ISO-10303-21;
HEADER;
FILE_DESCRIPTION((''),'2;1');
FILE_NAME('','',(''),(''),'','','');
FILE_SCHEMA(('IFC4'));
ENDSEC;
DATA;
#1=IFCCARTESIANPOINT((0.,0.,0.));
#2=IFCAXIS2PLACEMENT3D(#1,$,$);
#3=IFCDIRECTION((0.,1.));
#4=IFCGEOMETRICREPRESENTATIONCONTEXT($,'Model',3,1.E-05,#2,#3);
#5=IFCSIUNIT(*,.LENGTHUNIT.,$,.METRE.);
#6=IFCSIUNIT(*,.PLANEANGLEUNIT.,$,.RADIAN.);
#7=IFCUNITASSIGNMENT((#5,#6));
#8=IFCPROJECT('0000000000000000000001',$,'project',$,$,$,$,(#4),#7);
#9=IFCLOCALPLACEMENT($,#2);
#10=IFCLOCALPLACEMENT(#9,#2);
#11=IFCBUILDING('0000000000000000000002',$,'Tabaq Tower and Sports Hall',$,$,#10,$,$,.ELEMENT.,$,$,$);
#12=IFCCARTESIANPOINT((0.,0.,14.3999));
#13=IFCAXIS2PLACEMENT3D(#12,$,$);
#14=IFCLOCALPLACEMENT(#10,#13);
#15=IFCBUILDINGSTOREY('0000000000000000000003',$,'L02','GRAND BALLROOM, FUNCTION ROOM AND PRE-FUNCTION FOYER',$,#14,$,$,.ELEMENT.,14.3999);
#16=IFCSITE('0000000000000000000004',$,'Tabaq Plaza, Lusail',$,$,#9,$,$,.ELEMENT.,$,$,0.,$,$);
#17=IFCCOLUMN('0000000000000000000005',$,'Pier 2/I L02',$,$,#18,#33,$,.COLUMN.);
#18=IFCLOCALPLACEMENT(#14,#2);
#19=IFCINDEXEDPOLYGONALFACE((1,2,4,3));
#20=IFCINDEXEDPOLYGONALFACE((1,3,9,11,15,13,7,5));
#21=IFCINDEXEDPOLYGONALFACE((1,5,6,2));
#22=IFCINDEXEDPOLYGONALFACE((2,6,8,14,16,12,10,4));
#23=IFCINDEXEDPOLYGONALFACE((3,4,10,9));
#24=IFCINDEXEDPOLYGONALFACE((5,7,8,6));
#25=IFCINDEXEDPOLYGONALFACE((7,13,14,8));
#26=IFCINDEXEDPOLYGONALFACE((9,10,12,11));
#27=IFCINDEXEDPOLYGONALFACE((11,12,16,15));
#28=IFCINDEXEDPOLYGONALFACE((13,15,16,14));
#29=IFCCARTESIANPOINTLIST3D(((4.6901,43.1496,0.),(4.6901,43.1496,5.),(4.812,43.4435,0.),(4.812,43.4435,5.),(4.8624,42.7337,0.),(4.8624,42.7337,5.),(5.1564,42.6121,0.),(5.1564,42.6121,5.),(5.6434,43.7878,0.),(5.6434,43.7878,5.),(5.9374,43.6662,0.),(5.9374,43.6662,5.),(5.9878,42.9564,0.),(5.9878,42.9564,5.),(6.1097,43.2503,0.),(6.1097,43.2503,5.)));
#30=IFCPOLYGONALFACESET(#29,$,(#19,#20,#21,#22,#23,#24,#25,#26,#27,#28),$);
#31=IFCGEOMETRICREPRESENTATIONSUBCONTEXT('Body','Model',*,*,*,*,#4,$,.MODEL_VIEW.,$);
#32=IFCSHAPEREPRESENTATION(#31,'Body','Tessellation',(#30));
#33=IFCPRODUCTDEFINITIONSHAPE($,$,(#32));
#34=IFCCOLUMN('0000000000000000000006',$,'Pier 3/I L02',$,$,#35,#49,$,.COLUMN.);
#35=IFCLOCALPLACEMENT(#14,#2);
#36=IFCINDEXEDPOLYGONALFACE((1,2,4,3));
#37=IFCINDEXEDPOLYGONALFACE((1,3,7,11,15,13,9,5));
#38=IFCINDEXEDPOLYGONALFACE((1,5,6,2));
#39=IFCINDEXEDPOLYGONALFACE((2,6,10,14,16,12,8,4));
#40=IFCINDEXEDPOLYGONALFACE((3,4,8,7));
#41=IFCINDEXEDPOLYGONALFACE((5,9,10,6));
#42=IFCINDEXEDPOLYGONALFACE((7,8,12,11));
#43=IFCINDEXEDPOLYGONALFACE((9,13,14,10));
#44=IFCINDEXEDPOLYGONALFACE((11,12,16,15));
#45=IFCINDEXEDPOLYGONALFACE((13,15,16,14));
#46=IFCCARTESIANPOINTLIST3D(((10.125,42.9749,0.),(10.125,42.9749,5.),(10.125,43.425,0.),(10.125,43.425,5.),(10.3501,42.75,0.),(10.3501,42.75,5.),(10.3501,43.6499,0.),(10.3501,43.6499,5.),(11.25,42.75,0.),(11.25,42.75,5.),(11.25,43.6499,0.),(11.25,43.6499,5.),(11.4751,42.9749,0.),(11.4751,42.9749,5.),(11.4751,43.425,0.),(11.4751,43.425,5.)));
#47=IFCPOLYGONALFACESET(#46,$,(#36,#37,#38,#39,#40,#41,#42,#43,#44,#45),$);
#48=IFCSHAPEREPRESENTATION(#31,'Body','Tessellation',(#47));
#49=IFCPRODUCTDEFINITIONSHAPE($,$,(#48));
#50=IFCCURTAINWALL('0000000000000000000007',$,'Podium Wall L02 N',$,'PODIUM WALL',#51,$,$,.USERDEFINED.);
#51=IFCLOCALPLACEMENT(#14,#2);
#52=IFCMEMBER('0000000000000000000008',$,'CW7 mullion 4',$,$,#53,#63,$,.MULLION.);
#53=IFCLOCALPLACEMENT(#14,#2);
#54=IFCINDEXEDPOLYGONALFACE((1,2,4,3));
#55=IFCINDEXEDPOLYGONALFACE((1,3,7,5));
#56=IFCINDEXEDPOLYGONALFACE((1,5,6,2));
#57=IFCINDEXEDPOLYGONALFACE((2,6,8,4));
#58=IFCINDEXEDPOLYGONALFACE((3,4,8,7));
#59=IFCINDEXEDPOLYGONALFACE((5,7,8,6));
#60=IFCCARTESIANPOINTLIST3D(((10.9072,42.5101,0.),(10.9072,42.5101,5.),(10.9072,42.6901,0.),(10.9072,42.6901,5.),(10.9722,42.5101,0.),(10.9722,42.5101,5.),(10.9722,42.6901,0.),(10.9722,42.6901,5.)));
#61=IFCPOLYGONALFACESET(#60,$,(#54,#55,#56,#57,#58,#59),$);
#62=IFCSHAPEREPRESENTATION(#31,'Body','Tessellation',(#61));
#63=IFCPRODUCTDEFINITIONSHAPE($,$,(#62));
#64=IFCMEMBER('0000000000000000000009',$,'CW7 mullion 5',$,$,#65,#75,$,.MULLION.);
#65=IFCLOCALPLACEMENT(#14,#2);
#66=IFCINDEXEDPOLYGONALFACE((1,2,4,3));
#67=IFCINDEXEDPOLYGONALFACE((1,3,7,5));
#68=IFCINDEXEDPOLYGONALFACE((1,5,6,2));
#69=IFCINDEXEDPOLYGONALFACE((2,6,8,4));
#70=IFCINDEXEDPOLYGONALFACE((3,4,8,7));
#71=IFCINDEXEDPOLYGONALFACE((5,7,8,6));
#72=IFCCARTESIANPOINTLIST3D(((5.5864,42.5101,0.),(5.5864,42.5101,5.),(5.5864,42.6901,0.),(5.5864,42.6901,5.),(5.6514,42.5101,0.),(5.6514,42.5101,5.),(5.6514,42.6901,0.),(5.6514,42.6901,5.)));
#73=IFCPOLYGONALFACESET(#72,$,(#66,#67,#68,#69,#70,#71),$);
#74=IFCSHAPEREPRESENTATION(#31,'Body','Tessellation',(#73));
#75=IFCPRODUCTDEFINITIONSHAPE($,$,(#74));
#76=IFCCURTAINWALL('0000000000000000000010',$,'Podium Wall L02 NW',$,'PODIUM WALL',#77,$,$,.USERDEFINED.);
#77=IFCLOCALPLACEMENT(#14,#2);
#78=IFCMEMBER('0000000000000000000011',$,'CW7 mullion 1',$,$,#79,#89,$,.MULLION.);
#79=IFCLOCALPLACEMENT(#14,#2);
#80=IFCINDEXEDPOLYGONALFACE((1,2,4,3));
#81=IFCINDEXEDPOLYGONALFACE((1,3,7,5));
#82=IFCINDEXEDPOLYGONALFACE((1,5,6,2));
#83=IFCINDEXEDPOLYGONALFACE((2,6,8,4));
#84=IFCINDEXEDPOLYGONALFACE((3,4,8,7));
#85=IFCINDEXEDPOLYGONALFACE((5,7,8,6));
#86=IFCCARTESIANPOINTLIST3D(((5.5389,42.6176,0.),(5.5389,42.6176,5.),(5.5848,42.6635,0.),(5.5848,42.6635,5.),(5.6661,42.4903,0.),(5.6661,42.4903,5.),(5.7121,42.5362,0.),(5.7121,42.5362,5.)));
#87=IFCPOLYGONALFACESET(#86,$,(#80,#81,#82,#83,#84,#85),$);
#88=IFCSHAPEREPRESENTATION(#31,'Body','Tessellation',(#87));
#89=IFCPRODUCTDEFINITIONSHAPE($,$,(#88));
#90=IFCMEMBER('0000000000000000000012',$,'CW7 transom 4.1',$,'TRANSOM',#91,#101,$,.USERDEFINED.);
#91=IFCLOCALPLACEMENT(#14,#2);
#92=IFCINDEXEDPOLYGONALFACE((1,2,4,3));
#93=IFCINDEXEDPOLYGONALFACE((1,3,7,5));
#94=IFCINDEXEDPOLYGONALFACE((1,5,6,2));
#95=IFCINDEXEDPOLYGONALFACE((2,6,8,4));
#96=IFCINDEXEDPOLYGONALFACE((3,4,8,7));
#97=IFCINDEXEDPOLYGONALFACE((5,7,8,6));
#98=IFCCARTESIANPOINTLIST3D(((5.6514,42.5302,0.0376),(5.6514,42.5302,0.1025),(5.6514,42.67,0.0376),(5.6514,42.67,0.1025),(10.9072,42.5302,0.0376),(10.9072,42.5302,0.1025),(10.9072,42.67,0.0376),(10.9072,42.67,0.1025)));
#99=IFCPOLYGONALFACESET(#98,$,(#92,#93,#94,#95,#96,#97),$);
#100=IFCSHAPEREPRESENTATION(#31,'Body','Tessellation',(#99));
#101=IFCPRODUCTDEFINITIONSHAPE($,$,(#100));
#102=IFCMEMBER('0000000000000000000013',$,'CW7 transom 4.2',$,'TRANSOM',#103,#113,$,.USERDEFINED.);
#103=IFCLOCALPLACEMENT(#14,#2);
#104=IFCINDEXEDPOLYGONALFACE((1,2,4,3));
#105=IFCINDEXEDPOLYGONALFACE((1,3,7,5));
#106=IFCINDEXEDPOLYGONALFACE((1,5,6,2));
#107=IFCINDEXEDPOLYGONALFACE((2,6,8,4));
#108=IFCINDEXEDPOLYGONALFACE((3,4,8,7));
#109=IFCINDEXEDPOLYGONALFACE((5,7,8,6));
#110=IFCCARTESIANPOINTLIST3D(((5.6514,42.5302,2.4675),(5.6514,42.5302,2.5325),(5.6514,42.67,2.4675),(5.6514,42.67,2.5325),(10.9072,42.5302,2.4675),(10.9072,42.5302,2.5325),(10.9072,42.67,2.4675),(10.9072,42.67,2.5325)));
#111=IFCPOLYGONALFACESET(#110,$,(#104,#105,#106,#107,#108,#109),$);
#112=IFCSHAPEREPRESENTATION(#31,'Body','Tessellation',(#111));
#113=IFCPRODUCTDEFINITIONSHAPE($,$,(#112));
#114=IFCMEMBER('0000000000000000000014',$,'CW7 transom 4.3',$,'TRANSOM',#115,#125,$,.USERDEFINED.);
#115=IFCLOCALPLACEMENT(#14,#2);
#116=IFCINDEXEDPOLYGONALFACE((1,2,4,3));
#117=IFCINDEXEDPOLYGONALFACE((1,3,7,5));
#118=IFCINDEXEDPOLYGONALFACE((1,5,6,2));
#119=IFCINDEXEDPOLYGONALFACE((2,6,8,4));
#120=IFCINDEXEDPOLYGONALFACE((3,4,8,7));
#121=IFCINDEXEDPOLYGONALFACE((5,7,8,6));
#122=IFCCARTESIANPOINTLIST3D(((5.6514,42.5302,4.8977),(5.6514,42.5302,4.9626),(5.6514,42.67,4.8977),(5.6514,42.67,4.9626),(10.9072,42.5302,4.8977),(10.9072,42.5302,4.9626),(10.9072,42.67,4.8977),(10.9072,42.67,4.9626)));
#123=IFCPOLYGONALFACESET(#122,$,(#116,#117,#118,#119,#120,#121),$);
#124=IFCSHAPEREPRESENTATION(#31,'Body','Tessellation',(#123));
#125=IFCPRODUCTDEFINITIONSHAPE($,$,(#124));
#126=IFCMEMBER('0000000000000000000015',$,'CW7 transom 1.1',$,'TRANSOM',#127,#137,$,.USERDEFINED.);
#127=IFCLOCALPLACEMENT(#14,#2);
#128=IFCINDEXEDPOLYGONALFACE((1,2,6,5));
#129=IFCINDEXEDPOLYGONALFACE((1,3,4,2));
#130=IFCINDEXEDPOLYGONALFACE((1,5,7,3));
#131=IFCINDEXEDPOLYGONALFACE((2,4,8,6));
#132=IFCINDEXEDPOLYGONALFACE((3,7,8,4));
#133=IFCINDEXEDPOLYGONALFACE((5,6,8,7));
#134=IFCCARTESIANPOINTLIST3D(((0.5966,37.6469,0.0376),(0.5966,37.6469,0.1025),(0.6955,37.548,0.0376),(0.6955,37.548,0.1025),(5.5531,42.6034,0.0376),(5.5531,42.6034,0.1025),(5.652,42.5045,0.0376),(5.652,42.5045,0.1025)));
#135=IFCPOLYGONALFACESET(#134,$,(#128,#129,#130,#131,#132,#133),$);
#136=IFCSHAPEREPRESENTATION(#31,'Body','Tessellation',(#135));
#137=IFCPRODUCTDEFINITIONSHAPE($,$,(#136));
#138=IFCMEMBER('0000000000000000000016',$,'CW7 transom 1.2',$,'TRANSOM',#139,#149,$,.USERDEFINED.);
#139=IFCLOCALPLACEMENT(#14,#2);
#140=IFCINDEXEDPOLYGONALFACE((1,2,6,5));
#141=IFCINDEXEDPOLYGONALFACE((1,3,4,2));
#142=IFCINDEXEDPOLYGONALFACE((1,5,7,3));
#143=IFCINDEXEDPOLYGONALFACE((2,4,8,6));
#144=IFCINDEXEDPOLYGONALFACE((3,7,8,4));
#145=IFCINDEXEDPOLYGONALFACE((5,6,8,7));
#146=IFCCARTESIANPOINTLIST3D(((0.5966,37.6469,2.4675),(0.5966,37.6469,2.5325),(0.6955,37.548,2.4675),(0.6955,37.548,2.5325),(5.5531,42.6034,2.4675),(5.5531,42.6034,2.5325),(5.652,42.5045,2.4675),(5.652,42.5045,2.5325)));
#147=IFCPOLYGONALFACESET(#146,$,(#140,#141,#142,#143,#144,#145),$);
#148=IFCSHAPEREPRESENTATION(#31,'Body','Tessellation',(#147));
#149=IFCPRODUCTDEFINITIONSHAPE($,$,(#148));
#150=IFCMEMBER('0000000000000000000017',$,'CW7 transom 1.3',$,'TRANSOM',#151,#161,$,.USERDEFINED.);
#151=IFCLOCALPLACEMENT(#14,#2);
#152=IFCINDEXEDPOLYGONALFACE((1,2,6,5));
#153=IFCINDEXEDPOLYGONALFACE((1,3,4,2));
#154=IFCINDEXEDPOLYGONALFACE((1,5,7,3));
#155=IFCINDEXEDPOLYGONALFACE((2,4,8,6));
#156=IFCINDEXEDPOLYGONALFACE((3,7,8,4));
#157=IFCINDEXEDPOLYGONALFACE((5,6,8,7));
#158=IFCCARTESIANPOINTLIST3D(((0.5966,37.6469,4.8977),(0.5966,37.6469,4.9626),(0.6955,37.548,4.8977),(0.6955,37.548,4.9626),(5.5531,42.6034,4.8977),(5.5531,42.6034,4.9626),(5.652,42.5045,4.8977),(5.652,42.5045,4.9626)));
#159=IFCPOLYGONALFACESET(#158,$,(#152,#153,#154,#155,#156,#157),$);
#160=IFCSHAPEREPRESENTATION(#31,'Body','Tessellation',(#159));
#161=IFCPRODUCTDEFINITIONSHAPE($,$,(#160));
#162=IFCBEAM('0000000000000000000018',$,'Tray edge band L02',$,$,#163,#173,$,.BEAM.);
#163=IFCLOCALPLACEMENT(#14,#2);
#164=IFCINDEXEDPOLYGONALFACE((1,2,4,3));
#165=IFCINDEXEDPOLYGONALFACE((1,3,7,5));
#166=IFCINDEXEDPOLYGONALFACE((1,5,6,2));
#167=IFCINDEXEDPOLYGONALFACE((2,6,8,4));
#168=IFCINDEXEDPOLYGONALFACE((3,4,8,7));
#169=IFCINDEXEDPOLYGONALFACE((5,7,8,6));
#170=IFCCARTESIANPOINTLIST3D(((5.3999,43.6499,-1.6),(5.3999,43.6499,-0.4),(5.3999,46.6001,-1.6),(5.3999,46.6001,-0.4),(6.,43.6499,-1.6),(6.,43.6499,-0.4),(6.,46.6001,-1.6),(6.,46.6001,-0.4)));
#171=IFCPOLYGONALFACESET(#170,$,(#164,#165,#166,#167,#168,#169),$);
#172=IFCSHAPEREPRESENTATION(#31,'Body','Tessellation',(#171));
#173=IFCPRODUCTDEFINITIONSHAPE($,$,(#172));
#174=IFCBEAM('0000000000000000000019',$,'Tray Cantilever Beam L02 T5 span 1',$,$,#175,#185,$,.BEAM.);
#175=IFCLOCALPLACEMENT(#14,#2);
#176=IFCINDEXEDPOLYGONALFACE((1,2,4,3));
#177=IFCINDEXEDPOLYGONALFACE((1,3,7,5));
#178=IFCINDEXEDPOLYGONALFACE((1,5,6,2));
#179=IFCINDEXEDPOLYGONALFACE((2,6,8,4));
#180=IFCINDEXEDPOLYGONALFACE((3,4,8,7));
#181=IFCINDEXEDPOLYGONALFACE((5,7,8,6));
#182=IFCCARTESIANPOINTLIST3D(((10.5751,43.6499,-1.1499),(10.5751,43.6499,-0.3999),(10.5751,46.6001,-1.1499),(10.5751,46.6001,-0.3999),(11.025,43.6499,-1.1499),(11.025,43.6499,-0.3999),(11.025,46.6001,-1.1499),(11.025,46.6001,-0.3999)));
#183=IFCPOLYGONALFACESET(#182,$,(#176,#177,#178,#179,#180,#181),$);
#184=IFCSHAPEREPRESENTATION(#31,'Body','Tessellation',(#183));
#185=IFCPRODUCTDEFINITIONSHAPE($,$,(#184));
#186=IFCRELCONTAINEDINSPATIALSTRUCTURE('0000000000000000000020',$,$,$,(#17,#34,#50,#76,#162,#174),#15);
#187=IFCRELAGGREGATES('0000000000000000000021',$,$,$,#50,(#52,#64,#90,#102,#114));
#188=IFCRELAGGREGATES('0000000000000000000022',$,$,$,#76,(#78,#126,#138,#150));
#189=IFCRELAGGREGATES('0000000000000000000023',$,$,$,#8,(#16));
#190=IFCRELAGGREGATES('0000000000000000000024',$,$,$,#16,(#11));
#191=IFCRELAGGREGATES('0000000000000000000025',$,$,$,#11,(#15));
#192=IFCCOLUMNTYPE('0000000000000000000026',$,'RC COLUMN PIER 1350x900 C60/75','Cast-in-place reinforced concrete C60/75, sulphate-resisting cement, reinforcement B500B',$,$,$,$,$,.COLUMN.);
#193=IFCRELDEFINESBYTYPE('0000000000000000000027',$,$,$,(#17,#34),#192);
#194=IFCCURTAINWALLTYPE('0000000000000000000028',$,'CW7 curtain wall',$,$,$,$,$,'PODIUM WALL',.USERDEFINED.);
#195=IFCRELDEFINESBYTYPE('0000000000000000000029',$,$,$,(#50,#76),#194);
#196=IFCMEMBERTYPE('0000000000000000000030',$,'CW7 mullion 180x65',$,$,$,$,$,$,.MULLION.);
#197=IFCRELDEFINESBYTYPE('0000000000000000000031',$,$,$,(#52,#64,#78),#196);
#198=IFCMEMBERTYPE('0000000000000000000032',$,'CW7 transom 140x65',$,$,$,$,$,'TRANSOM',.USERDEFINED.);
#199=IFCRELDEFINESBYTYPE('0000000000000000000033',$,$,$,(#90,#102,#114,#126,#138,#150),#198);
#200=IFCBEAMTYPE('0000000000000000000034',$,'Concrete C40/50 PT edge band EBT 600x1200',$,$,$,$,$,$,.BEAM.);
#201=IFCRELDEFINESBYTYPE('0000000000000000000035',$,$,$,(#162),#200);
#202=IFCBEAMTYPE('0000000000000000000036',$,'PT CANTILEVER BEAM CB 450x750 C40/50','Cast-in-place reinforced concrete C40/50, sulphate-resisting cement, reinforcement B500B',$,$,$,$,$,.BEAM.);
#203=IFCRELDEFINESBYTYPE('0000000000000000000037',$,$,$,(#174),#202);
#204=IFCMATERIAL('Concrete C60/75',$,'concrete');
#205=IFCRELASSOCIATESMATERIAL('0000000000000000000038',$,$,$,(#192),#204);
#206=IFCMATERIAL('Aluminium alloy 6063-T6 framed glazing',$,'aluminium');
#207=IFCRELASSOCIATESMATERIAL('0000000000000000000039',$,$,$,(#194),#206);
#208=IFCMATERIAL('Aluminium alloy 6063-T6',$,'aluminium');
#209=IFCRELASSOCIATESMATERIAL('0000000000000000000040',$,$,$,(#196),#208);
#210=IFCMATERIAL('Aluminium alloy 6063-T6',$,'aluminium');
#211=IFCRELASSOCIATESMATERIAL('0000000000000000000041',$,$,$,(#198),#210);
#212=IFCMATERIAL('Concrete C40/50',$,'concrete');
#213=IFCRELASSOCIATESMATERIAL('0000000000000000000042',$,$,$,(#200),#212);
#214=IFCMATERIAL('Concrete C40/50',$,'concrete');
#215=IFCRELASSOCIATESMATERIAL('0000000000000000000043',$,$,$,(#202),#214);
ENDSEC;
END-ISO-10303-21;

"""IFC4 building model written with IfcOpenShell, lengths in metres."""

from ifc_helpers import new_model, si_unit, direction, frame, origin, origin_2d, place, context, subcontext, project, spatial, polyline, rectangle, outline, extrude, material, material_profile, profile_set, type_object, element, aggregate, save


model = new_model("IFC4")

# Units and contexts
model_context = context("Model", 3, precision=1e-05, world=origin(), true_north=direction((0.0, 1.0)))
body_context = subcontext(model_context, "Body", "Model", "MODEL_VIEW")
ifc_project = project(units=[si_unit("LENGTHUNIT", "METRE"), si_unit("PLANEANGLEUNIT", "RADIAN")], contexts=[model_context])

# Site, building, storey
site_placement = place(None, origin())
site = spatial("IfcSite", under=ifc_project, at=site_placement, Name="Tabaq Plaza, Lusail", CompositionType="ELEMENT", RefElevation=0.0)
building_placement = place(site_placement, origin())
building = spatial("IfcBuilding", under=site, at=building_placement, Name="Tabaq Tower and Sports Hall", CompositionType="ELEMENT")
storey_placement = place(building_placement, frame((0.0, 0.0, 14.3999)))
storey = spatial("IfcBuildingStorey", under=building, at=storey_placement, Name="L02", Description="GRAND BALLROOM, FUNCTION ROOM AND PRE-FUNCTION FOYER", CompositionType="ELEMENT", Elevation=14.3999)

# Columns
ifc_material_1 = material(Name="Concrete C60/75", Category="concrete")
ifc_material_profile_1 = material_profile(ifc_material_1, outline(polyline([(-0.45, -0.45), (0.45, -0.45), (0.675, -0.2251), (0.675, 0.2251), (0.45, 0.45), (-0.45, 0.45), (-0.675, 0.2251), (-0.675, -0.2251), (-0.45, -0.45)])), Name="PIER 1350x900")
ifc_profile_set_1 = profile_set([ifc_material_profile_1], Name="Concrete C60/75")
column_type = type_object("IfcColumnType", Name="RC COLUMN PIER 1350x900 C60/75", Description="Cast-in-place reinforced concrete C60/75, sulphate-resisting cement, reinforcement B500B", PredefinedType="COLUMN", material=ifc_profile_set_1)
for number, where, z_axis, x_axis, name in (
    (1, (5.3999, 43.2, 0.0), (0.0, 0.0, 1.0), (0.92388, 0.382683, 0.0), "Pier 2/I L02"),
    (2, (10.8, 43.2, 0.0), (0.0, 0.0, 1.0), (1.0, 0.0, 0.0), "Pier 3/I L02"),
):
    element("IfcColumn", number, at=place(storey_placement, frame(where, z_axis=z_axis, x_axis=x_axis)), inside=storey, type_object=column_type, Name=name, PredefinedType="COLUMN", context=body_context, shape_type="SweptSolid", body=[
        extrude(outline(polyline([(-0.45, -0.45), (0.45, -0.45), (0.675, -0.2251), (0.675, 0.2251), (0.45, 0.45), (-0.45, 0.45), (-0.675, 0.2251), (-0.675, -0.2251), (-0.45, -0.45)])), origin(), (0.0, 0.0, 1.0), 5.0),
    ])

# Curtain wall, members
ifc_material_2 = material(Name="Aluminium alloy 6063-T6 framed glazing", Category="aluminium")
curtain_wall_type = type_object("IfcCurtainWallType", Name="CW7 curtain wall", ElementType="PODIUM WALL", PredefinedType="USERDEFINED", material=ifc_material_2)
curtain_wall_1_placement = place(storey_placement, origin())
curtain_wall_1 = element("IfcCurtainWall", 3, at=curtain_wall_1_placement, inside=storey, type_object=curtain_wall_type, Name="Podium Wall L02 N", ObjectType="PODIUM WALL", PredefinedType="USERDEFINED")
ifc_material_3 = material(Name="Aluminium alloy 6063-T6", Category="aluminium")
ifc_material_profile_2 = material_profile(ifc_material_3, rectangle(XDim=0.1799, YDim=0.0649, at=origin_2d()), Name="MULLION 180x65")
ifc_profile_set_2 = profile_set([ifc_material_profile_2], Name="Aluminium alloy 6063-T6")
member_type_1 = type_object("IfcMemberType", Name="CW7 mullion 180x65", PredefinedType="MULLION", material=ifc_profile_set_2)
member_1_placement = place(storey_placement, frame((10.9397, 42.6001, 0.0), z_axis=(0.0, 0.0, 1.0), x_axis=(0.0, -1.0, 0.0)))
member_1 = element("IfcMember", 4, at=member_1_placement, type_object=member_type_1, Name="CW7 mullion 4", PredefinedType="MULLION", context=body_context, shape_type="SweptSolid", body=[
    extrude(rectangle(XDim=0.1799, YDim=0.0649, at=origin_2d()), origin(), (0.0, 0.0, 1.0), 5.0),
])
member_2_placement = place(storey_placement, frame((5.6189, 42.6001, 0.0), z_axis=(0.0, 0.0, 1.0), x_axis=(0.0, -1.0, 0.0)))
member_2 = element("IfcMember", 5, at=member_2_placement, type_object=member_type_1, Name="CW7 mullion 5", PredefinedType="MULLION", context=body_context, shape_type="SweptSolid", body=[
    extrude(rectangle(XDim=0.1799, YDim=0.0649, at=origin_2d()), origin(), (0.0, 0.0, 1.0), 5.0),
])

# Curtain wall, member
curtain_wall_2_placement = place(storey_placement, origin())
curtain_wall_2 = element("IfcCurtainWall", 6, at=curtain_wall_2_placement, inside=storey, type_object=curtain_wall_type, Name="Podium Wall L02 NW", ObjectType="PODIUM WALL", PredefinedType="USERDEFINED")
member_3_placement = place(storey_placement, frame((5.6255, 42.5769, 0.0), z_axis=(0.0, 0.0, 1.0), x_axis=(0.707107, -0.707107, 0.0)))
member_3 = element("IfcMember", 7, at=member_3_placement, type_object=member_type_1, Name="CW7 mullion 1", PredefinedType="MULLION", context=body_context, shape_type="SweptSolid", body=[
    extrude(rectangle(XDim=0.1799, YDim=0.0649, at=origin_2d()), origin(), (0.0, 0.0, 1.0), 5.0),
])

# Members
ifc_material_4 = material(Name="Aluminium alloy 6063-T6", Category="aluminium")
ifc_material_profile_3 = material_profile(ifc_material_4, rectangle(XDim=0.1399, YDim=0.0649, at=origin_2d()), Name="TRANSOM 140x65")
ifc_profile_set_3 = profile_set([ifc_material_profile_3], Name="Aluminium alloy 6063-T6")
member_type_2 = type_object("IfcMemberType", Name="CW7 transom 140x65", ElementType="TRANSOM", PredefinedType="USERDEFINED", material=ifc_profile_set_3)
member_4_placement = place(storey_placement, frame((10.9072, 42.6001, 0.0701), z_axis=(-1.0, 0.0, 0.0), x_axis=(0.0, -1.0, 0.0)))
member_4 = element("IfcMember", 8, at=member_4_placement, type_object=member_type_2, Name="CW7 transom 4.1", ObjectType="TRANSOM", PredefinedType="USERDEFINED", context=body_context, shape_type="SweptSolid", body=[
    extrude(rectangle(XDim=0.1399, YDim=0.0649, at=origin_2d()), origin(), (0.0, 0.0, 1.0), 5.2559),
])
member_5_placement = place(storey_placement, frame((10.9072, 42.6001, 2.5), z_axis=(-1.0, 0.0, 0.0), x_axis=(0.0, -1.0, 0.0)))
member_5 = element("IfcMember", 9, at=member_5_placement, type_object=member_type_2, Name="CW7 transom 4.2", ObjectType="TRANSOM", PredefinedType="USERDEFINED", context=body_context, shape_type="SweptSolid", body=[
    extrude(rectangle(XDim=0.1399, YDim=0.0649, at=origin_2d()), origin(), (0.0, 0.0, 1.0), 5.2559),
])
member_6_placement = place(storey_placement, frame((10.9072, 42.6001, 4.9302), z_axis=(-1.0, 0.0, 0.0), x_axis=(0.0, -1.0, 0.0)))
member_6 = element("IfcMember", 10, at=member_6_placement, type_object=member_type_2, Name="CW7 transom 4.3", ObjectType="TRANSOM", PredefinedType="USERDEFINED", context=body_context, shape_type="SweptSolid", body=[
    extrude(rectangle(XDim=0.1399, YDim=0.0649, at=origin_2d()), origin(), (0.0, 0.0, 1.0), 5.2559),
])
member_7_placement = place(storey_placement, frame((5.6025, 42.554, 0.0701), z_axis=(-0.707107, -0.707107, 0.0), x_axis=(0.707107, -0.707107, 0.0)))
member_7 = element("IfcMember", 11, at=member_7_placement, type_object=member_type_2, Name="CW7 transom 1.1", ObjectType="TRANSOM", PredefinedType="USERDEFINED", context=body_context, shape_type="SweptSolid", body=[
    extrude(rectangle(XDim=0.1399, YDim=0.0649, at=origin_2d()), origin(), (0.0, 0.0, 1.0), 7.0095),
])
member_8_placement = place(storey_placement, frame((5.6025, 42.554, 2.5), z_axis=(-0.707107, -0.707107, 0.0), x_axis=(0.707107, -0.707107, 0.0)))
member_8 = element("IfcMember", 12, at=member_8_placement, type_object=member_type_2, Name="CW7 transom 1.2", ObjectType="TRANSOM", PredefinedType="USERDEFINED", context=body_context, shape_type="SweptSolid", body=[
    extrude(rectangle(XDim=0.1399, YDim=0.0649, at=origin_2d()), origin(), (0.0, 0.0, 1.0), 7.0095),
])
member_9_placement = place(storey_placement, frame((5.6025, 42.554, 4.9302), z_axis=(-0.707107, -0.707107, 0.0), x_axis=(0.707107, -0.707107, 0.0)))
member_9 = element("IfcMember", 13, at=member_9_placement, type_object=member_type_2, Name="CW7 transom 1.3", ObjectType="TRANSOM", PredefinedType="USERDEFINED", context=body_context, shape_type="SweptSolid", body=[
    extrude(rectangle(XDim=0.1399, YDim=0.0649, at=origin_2d()), origin(), (0.0, 0.0, 1.0), 7.0095),
])

# Beams
ifc_material_5 = material(Name="Concrete C40/50", Category="concrete")
ifc_material_profile_4 = material_profile(ifc_material_5, rectangle(XDim=0.6001, YDim=1.2, at=origin_2d()), Name="EBT 600x1200")
ifc_profile_set_4 = profile_set([ifc_material_profile_4], Name="Concrete C40/50")
beam_type_1 = type_object("IfcBeamType", Name="Concrete C40/50 PT edge band EBT 600x1200", PredefinedType="BEAM", material=ifc_profile_set_4)
beam_1_placement = place(storey_placement, frame((5.7, 43.6499, -1.0), z_axis=(0.0, 1.0, 0.0), x_axis=(-1.0, 0.0, 0.0)))
element("IfcBeam", 14, at=beam_1_placement, inside=storey, type_object=beam_type_1, Name="Tray edge band L02", PredefinedType="BEAM", context=body_context, shape_type="SweptSolid", body=[
    extrude(rectangle(XDim=0.6001, YDim=1.2, at=origin_2d()), origin(), (0.0, 0.0, 1.0), 2.9502),
])
ifc_material_6 = material(Name="Concrete C40/50", Category="concrete")
ifc_material_profile_5 = material_profile(ifc_material_6, rectangle(XDim=0.45, YDim=0.75, at=origin_2d()), Name="CB 450x750")
ifc_profile_set_5 = profile_set([ifc_material_profile_5], Name="Concrete C40/50")
beam_type_2 = type_object("IfcBeamType", Name="PT CANTILEVER BEAM CB 450x750 C40/50", Description="Cast-in-place reinforced concrete C40/50, sulphate-resisting cement, reinforcement B500B", PredefinedType="BEAM", material=ifc_profile_set_5)
beam_2_placement = place(storey_placement, frame((10.8, 46.6001, -0.7749), z_axis=(0.0, -1.0, 0.0), x_axis=(1.0, 0.0, 0.0)))
element("IfcBeam", 15, at=beam_2_placement, inside=storey, type_object=beam_type_2, Name="Tray Cantilever Beam L02 T5 span 1", PredefinedType="BEAM", context=body_context, shape_type="SweptSolid", body=[
    extrude(rectangle(XDim=0.45, YDim=0.75, at=origin_2d()), origin(), (0.0, 0.0, 1.0), 2.9502),
])

aggregate(curtain_wall_1, [member_1, member_2, member_4, member_5, member_6])
aggregate(curtain_wall_2, [member_3, member_7, member_8, member_9])

save(model, "model.ifc")
